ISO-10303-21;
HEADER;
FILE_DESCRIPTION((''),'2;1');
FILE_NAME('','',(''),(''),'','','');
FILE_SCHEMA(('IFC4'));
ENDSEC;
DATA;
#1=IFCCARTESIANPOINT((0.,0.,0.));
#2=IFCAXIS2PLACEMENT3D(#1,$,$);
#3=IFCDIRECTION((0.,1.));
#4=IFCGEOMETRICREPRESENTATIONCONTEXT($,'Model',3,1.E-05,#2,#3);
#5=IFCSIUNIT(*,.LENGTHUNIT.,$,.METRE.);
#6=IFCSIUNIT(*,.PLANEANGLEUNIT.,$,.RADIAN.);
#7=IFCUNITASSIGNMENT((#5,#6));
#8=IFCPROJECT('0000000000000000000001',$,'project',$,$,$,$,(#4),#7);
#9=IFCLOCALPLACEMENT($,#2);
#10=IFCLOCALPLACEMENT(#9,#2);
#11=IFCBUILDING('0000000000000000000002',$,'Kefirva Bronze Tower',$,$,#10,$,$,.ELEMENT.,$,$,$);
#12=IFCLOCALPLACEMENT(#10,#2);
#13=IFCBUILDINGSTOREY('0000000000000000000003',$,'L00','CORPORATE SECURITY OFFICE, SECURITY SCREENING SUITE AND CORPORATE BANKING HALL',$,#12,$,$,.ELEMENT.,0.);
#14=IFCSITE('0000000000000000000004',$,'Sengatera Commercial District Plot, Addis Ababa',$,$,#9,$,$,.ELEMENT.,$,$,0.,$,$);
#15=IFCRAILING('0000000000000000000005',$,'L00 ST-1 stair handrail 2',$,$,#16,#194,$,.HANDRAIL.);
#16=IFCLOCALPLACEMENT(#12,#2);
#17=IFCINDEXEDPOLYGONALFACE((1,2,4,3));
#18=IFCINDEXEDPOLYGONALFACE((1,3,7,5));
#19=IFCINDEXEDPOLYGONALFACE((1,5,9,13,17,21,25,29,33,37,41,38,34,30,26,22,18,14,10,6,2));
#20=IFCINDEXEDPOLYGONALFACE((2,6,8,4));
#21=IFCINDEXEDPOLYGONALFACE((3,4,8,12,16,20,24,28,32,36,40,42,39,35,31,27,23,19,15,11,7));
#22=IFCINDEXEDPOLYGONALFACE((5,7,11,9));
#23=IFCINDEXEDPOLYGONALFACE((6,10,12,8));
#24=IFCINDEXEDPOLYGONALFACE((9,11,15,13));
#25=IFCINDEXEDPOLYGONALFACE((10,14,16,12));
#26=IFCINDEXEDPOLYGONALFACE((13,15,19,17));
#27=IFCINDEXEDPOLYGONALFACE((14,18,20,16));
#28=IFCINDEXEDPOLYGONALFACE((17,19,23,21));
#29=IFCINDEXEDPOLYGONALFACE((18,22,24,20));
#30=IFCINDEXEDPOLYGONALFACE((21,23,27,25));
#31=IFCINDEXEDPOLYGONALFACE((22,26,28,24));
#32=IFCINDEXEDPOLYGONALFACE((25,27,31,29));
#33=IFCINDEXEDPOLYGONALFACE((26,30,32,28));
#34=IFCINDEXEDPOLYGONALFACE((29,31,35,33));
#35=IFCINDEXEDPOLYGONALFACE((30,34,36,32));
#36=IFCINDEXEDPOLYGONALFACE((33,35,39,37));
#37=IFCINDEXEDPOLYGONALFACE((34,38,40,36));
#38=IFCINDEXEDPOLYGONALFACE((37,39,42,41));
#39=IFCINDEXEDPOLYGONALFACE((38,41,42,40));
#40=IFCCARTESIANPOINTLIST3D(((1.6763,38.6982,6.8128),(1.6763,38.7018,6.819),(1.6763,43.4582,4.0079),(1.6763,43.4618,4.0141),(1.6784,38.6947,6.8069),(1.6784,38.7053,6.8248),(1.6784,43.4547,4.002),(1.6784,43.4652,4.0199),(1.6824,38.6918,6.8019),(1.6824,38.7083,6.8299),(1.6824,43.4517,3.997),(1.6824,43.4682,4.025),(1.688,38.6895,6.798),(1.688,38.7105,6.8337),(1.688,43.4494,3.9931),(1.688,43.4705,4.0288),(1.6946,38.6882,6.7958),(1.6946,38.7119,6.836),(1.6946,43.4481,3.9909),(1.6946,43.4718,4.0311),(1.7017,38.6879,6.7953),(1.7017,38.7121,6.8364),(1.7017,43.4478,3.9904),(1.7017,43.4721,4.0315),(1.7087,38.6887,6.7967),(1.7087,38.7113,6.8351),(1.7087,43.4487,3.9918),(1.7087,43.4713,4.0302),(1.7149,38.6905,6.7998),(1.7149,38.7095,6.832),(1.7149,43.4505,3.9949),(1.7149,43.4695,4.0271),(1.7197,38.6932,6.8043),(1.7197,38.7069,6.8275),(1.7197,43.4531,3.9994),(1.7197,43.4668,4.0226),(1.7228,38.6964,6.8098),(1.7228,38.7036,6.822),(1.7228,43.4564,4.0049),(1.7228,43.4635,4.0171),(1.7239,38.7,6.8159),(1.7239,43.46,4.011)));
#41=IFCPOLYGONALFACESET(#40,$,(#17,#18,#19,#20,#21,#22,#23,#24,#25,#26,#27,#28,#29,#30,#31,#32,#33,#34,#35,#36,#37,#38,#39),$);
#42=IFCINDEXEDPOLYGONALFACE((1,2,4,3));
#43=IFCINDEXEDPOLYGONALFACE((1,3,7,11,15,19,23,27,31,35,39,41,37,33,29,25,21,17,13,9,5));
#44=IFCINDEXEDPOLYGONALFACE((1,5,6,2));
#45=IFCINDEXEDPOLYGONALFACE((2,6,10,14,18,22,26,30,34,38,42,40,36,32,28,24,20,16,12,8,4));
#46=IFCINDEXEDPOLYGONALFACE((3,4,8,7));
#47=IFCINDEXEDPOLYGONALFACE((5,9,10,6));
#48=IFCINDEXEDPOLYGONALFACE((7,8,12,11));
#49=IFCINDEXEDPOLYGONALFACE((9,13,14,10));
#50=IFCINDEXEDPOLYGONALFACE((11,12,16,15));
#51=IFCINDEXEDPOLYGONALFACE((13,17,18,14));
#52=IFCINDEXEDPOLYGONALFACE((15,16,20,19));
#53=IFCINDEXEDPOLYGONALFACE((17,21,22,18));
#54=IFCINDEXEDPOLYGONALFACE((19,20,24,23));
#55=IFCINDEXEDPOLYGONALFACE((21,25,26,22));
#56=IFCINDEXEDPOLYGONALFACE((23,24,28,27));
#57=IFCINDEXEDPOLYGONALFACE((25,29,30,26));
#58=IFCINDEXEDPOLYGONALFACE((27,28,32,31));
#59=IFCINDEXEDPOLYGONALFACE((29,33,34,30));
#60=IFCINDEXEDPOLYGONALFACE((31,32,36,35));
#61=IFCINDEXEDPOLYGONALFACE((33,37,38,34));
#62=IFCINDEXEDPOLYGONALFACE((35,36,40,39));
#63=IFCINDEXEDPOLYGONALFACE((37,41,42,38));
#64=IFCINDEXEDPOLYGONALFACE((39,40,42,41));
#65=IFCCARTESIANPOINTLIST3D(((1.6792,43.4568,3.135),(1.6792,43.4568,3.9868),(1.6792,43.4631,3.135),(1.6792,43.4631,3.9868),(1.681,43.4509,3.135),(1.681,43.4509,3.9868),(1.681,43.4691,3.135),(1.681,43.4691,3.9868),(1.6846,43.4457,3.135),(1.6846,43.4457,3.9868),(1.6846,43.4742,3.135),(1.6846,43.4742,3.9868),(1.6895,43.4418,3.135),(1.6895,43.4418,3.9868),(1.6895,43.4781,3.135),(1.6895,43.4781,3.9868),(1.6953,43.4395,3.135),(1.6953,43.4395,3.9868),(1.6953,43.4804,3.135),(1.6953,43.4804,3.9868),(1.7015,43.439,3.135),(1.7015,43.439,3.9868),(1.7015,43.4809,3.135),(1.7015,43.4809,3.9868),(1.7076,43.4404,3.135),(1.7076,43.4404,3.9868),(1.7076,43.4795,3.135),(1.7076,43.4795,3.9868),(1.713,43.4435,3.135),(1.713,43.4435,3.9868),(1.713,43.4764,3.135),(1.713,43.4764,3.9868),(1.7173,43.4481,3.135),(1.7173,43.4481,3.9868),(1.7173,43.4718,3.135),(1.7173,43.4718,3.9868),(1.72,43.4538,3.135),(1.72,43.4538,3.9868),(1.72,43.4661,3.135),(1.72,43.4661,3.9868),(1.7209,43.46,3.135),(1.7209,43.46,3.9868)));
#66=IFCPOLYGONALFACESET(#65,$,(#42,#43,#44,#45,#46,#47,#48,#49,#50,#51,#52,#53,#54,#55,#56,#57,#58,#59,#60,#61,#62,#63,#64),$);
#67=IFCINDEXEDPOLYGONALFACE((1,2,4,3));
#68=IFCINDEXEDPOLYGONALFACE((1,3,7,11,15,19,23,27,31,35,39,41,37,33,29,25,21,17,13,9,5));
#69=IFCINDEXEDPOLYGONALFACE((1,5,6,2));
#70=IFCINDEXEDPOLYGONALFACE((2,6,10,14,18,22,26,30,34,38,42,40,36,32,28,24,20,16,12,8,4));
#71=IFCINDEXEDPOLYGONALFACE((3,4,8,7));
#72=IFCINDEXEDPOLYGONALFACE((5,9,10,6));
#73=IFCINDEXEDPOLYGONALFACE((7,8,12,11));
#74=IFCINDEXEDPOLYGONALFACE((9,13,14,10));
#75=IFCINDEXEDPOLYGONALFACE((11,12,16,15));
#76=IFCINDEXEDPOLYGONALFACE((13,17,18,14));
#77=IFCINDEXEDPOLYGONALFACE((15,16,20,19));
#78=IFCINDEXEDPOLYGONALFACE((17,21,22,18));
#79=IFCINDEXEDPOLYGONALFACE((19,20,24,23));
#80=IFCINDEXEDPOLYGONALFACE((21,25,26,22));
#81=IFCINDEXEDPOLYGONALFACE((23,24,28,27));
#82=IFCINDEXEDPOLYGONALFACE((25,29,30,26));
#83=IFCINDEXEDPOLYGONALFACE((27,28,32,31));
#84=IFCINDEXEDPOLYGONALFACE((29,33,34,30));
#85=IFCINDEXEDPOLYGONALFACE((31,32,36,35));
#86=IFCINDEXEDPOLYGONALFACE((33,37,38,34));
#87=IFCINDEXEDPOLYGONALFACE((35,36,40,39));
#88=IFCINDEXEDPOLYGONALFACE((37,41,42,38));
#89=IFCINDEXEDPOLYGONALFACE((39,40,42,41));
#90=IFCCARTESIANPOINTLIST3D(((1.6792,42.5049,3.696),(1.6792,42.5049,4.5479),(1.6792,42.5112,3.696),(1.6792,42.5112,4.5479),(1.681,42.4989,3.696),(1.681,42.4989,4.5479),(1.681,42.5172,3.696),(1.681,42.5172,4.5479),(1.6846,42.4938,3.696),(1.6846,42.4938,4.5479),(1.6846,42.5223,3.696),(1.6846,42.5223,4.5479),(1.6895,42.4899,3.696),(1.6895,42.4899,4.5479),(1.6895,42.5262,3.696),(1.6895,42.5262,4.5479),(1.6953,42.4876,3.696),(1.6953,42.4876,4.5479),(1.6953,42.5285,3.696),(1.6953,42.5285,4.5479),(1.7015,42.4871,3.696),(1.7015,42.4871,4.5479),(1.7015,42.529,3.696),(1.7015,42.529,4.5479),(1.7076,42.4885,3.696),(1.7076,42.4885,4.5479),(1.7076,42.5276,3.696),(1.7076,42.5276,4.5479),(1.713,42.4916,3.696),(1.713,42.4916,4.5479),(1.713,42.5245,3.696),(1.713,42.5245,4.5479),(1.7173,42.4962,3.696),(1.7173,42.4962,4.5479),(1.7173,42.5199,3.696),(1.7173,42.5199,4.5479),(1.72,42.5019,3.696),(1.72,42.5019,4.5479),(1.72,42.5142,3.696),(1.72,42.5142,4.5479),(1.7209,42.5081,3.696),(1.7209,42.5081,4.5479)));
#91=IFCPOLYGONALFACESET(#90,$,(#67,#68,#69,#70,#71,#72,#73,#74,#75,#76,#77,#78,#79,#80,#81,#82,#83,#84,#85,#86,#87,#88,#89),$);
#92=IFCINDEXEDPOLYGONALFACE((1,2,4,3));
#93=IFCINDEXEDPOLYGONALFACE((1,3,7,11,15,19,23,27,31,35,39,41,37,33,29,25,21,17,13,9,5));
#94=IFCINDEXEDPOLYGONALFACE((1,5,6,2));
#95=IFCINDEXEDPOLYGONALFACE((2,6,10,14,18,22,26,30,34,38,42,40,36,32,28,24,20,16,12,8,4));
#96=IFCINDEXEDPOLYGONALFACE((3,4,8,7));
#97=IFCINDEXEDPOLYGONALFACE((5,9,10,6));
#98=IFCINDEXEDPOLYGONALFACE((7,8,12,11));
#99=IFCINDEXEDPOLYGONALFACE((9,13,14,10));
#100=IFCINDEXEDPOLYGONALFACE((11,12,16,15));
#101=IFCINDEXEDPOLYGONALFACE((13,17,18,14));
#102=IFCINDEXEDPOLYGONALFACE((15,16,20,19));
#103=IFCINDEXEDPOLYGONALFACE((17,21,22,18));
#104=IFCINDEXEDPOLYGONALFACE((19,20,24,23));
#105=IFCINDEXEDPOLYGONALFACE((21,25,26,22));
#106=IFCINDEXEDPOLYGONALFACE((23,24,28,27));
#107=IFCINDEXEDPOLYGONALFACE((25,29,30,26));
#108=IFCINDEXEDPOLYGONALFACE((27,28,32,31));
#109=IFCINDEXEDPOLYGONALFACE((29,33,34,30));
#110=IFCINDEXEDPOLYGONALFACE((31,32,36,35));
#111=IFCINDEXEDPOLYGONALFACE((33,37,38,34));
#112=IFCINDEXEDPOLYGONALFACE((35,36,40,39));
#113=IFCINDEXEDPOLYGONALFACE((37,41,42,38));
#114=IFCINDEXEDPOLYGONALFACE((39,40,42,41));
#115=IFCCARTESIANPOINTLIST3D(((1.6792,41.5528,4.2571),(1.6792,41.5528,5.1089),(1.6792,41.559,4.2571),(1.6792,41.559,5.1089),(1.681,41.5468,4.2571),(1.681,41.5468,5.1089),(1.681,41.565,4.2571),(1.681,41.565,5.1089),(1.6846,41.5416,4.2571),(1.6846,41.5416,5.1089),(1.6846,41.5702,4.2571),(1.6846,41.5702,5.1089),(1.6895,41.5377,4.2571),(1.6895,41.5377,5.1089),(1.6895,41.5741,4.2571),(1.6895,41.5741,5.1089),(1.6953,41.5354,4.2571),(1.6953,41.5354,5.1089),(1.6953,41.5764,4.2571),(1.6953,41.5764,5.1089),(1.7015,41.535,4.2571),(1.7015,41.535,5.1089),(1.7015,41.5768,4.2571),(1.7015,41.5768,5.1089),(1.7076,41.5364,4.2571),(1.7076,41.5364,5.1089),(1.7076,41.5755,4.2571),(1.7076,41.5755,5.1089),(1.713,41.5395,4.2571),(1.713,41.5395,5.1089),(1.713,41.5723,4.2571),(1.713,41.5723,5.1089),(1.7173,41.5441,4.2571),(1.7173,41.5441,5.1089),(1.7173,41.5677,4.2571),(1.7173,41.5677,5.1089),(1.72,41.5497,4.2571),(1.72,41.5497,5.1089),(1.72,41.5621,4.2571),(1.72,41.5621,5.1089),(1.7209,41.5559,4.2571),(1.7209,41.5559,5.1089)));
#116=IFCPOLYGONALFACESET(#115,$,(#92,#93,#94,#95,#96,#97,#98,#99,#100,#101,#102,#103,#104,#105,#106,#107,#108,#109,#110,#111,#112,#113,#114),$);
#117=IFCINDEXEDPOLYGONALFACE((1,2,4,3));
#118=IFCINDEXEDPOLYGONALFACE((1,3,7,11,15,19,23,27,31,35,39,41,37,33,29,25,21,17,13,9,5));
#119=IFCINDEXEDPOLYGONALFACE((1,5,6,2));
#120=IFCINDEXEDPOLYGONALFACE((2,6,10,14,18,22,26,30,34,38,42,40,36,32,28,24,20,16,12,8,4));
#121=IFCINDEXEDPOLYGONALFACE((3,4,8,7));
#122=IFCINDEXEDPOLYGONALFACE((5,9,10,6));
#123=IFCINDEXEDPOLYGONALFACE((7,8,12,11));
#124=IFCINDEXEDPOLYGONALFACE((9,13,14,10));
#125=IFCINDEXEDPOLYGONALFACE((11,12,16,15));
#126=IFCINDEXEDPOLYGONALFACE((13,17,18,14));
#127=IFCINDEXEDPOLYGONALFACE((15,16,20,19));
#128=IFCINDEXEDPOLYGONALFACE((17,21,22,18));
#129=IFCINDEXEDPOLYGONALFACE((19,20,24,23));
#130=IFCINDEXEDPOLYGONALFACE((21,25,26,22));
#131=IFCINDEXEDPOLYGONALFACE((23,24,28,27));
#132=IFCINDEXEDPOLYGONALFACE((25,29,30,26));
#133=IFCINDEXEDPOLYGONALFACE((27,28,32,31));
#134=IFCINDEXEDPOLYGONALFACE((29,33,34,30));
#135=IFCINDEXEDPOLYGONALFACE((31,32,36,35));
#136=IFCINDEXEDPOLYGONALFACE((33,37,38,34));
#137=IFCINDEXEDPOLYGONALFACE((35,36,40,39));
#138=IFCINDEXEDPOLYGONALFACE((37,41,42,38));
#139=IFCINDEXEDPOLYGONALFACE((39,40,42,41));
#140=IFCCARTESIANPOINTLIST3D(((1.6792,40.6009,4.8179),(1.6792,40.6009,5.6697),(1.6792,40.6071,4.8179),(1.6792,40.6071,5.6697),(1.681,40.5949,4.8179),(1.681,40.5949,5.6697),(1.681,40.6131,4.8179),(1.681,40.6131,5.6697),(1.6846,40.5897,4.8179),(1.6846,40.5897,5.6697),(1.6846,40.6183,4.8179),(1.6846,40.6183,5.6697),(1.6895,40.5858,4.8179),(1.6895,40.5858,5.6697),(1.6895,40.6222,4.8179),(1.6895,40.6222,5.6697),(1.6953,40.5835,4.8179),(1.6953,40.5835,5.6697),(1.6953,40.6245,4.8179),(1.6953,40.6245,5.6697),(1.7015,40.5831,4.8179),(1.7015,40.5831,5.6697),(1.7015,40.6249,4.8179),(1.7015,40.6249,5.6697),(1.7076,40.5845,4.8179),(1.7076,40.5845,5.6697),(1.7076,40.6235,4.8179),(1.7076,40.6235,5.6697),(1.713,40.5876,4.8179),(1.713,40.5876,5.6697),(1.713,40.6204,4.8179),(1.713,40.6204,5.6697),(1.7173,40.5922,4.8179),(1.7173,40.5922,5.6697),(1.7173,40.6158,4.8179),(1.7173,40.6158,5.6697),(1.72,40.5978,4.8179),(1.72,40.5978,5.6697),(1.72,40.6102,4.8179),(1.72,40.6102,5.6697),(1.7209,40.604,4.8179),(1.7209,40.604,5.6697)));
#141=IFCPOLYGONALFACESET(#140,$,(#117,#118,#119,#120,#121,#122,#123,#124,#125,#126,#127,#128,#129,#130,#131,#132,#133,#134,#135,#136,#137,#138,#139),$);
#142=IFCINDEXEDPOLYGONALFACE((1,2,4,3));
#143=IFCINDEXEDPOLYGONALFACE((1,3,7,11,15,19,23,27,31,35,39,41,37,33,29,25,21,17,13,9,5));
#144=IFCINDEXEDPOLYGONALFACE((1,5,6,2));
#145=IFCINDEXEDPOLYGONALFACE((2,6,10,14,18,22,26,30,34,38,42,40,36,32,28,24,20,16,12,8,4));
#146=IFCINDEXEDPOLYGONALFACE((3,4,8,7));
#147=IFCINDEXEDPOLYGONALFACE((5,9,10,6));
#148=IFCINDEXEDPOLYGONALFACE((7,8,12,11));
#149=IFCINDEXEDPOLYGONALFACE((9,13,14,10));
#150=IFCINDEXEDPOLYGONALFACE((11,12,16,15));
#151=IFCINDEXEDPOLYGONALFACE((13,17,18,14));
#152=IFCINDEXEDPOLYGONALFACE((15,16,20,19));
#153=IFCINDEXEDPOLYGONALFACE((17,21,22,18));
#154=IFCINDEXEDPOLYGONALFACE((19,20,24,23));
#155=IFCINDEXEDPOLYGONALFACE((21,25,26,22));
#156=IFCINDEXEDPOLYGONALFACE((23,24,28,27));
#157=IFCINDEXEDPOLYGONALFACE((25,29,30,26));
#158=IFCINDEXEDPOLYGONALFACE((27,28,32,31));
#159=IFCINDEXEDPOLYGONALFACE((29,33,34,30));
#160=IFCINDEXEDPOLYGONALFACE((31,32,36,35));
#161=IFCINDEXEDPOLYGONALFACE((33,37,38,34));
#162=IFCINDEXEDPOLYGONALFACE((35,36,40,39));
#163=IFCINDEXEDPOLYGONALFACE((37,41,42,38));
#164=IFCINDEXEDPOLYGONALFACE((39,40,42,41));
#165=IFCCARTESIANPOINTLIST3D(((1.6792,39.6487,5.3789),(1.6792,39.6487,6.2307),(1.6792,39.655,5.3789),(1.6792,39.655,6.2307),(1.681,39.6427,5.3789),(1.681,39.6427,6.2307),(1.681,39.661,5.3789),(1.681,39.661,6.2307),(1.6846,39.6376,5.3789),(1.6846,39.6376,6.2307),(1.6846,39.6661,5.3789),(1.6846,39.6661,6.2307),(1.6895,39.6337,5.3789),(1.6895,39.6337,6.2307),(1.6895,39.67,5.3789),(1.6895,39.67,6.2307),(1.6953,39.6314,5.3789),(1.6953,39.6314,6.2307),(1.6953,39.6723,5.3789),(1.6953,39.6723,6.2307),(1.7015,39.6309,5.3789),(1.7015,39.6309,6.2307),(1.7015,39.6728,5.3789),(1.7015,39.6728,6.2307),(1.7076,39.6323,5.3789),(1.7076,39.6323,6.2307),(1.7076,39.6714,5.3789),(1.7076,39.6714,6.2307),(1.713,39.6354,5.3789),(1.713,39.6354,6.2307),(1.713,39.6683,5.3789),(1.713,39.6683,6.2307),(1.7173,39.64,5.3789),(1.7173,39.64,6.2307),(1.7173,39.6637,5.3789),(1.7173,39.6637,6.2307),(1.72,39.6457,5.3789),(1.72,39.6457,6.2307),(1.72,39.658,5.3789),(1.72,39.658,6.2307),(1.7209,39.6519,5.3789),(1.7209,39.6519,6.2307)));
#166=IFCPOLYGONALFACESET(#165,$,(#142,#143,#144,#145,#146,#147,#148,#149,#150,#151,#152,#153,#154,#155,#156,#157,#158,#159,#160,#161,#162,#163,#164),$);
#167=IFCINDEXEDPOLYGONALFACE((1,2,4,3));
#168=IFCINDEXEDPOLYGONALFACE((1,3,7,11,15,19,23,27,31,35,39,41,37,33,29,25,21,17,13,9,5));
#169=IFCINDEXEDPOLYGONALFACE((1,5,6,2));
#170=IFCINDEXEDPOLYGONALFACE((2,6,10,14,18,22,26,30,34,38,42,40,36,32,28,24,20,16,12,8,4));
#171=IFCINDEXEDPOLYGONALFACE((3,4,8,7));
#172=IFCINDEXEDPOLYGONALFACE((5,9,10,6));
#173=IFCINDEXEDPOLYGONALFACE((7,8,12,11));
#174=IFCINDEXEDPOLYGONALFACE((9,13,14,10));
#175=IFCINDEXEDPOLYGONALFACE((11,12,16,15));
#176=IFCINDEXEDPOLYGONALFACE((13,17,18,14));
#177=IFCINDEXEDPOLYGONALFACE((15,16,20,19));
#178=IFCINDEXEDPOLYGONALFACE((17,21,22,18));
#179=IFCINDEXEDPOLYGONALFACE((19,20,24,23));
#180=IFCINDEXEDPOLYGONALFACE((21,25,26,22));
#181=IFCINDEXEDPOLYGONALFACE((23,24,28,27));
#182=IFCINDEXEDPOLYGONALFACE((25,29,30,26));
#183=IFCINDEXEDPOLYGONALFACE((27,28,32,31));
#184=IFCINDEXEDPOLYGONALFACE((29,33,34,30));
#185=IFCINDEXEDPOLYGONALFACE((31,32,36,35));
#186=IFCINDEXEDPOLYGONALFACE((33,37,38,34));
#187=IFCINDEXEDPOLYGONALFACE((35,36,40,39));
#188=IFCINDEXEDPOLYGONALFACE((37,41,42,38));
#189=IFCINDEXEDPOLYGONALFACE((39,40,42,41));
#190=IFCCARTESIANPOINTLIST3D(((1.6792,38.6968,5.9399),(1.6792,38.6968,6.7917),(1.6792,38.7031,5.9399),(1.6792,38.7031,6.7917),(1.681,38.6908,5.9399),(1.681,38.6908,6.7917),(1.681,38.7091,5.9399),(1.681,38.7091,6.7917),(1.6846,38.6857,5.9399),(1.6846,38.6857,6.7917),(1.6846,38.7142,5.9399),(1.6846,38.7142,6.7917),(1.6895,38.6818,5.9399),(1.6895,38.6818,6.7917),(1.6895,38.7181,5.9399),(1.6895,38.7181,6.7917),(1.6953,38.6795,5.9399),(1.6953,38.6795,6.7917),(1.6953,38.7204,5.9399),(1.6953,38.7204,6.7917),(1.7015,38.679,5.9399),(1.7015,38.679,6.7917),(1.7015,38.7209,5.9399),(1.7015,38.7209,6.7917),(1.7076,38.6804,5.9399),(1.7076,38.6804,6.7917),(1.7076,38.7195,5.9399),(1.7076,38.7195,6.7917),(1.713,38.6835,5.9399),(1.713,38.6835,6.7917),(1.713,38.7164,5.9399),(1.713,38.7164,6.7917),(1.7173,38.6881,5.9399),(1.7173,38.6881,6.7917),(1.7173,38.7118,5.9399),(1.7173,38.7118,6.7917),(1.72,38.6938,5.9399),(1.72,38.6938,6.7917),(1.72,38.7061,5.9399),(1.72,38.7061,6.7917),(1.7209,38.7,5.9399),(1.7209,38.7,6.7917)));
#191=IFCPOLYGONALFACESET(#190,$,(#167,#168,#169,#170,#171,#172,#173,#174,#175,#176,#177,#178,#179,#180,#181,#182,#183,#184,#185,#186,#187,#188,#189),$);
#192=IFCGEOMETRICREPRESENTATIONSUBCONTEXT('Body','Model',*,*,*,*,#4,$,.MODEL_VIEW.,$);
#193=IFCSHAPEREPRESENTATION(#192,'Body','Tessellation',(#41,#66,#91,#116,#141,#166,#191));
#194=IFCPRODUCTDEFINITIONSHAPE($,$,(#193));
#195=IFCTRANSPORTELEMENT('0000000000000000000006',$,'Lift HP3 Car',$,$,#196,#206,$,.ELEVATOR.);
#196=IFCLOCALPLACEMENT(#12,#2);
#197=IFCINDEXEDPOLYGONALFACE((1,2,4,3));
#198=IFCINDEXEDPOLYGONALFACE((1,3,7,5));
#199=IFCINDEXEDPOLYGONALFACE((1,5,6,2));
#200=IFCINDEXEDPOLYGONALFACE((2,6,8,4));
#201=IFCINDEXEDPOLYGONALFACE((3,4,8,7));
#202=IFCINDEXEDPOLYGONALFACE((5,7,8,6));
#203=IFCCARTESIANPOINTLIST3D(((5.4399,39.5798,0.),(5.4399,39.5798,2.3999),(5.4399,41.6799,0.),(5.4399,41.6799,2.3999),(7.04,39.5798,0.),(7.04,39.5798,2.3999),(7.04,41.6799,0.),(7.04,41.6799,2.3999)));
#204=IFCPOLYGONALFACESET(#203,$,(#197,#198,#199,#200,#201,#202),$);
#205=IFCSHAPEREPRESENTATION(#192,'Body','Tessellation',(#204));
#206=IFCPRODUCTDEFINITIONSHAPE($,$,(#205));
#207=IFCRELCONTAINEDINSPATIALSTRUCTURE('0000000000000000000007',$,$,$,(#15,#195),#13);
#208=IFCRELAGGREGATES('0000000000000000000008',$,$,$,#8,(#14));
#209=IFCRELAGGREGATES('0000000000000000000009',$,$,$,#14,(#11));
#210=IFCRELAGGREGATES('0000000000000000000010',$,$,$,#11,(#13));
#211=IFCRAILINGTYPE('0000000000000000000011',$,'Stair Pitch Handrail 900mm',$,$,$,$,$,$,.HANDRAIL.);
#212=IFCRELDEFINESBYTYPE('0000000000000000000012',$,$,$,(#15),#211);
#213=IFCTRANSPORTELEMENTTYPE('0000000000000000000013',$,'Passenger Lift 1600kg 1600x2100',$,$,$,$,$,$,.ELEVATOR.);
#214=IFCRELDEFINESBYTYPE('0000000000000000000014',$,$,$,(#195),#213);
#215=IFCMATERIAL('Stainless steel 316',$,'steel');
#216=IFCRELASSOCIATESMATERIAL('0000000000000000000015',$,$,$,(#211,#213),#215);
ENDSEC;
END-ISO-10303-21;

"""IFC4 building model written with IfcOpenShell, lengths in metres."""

from ifc_helpers import new_model, si_unit, direction, frame, origin, origin_2d, place, context, subcontext, project, spatial, rectangle, circle, extrude, material, type_object, element, save


model = new_model("IFC4")

# Units and contexts
model_context = context("Model", 3, precision=1e-05, world=origin(), true_north=direction((0.0, 1.0)))
body_context = subcontext(model_context, "Body", "Model", "MODEL_VIEW")
ifc_project = project(units=[si_unit("LENGTHUNIT", "METRE"), si_unit("PLANEANGLEUNIT", "RADIAN")], contexts=[model_context])

# Site, building, storey
site_placement = place(None, origin())
site = spatial("IfcSite", under=ifc_project, at=site_placement, Name="Sengatera Commercial District Plot, Addis Ababa", CompositionType="ELEMENT", RefElevation=0.0)
building_placement = place(site_placement, origin())
building = spatial("IfcBuilding", under=site, at=building_placement, Name="Kefirva Bronze Tower", CompositionType="ELEMENT")
storey_placement = place(building_placement, origin())
storey = spatial("IfcBuildingStorey", under=building, at=storey_placement, Name="L00", Description="CORPORATE SECURITY OFFICE, SECURITY SCREENING SUITE AND CORPORATE BANKING HALL", CompositionType="ELEMENT", Elevation=0.0)

# Shared definitions
ifc_material_1 = material(Name="Stainless steel 316", Category="steel")

# Railing
railing_type_1 = type_object("IfcRailingType", Name="Stair Pitch Handrail 900mm", PredefinedType="HANDRAIL", material=ifc_material_1)
railing_1_placement = place(storey_placement, frame((1.7, 43.46, 3.135)))
element("IfcRailing", 1, at=railing_1_placement, inside=storey, type_object=railing_type_1, Name="L00 ST-1 stair handrail 2", PredefinedType="HANDRAIL", context=body_context, shape_type="SweptSolid", body=[
    extrude(circle(Radius=0.0239, at=origin_2d()), frame((0.0, 0.0, 0.876), z_axis=(0.0, -0.861544, 0.507682), x_axis=(1.0, 0.0, 0.0)), (0.0, 0.0, 1.0), 5.5249),
    extrude(circle(Radius=0.021, at=origin_2d()), origin(), (0.0, 0.0, 1.0), 0.8518),
    extrude(circle(Radius=0.021, at=origin_2d()), frame((0.0, -0.9519, 0.561)), (0.0, 0.0, 1.0), 0.8518),
    extrude(circle(Radius=0.021, at=origin_2d()), frame((0.0, -1.9041, 1.1221)), (0.0, 0.0, 1.0), 0.8518),
    extrude(circle(Radius=0.021, at=origin_2d()), frame((0.0, -2.856, 1.6829)), (0.0, 0.0, 1.0), 0.8518),
    extrude(circle(Radius=0.021, at=origin_2d()), frame((0.0, -3.8081, 2.2439)), (0.0, 0.0, 1.0), 0.8518),
    extrude(circle(Radius=0.021, at=origin_2d()), frame((0.0, -4.76, 2.8049)), (0.0, 0.0, 1.0), 0.8518),
])

# Transport element
transport_element_type = type_object("IfcTransportElementType", Name="Passenger Lift 1600kg 1600x2100", PredefinedType="ELEVATOR", material=ifc_material_1)
transport_element_placement = place(storey_placement, frame((6.24, 40.6299, 0.0), z_axis=(0.0, 0.0, 1.0), x_axis=(1.0, 0.0, 0.0)))
element("IfcTransportElement", 2, at=transport_element_placement, inside=storey, type_object=transport_element_type, Name="Lift HP3 Car", PredefinedType="ELEVATOR", context=body_context, shape_type="SweptSolid", body=[
    extrude(rectangle(XDim=1.6001, YDim=2.1001, at=origin_2d()), origin(), (0.0, 0.0, 1.0), 2.3999),
])

save(model, "model.ifc")
